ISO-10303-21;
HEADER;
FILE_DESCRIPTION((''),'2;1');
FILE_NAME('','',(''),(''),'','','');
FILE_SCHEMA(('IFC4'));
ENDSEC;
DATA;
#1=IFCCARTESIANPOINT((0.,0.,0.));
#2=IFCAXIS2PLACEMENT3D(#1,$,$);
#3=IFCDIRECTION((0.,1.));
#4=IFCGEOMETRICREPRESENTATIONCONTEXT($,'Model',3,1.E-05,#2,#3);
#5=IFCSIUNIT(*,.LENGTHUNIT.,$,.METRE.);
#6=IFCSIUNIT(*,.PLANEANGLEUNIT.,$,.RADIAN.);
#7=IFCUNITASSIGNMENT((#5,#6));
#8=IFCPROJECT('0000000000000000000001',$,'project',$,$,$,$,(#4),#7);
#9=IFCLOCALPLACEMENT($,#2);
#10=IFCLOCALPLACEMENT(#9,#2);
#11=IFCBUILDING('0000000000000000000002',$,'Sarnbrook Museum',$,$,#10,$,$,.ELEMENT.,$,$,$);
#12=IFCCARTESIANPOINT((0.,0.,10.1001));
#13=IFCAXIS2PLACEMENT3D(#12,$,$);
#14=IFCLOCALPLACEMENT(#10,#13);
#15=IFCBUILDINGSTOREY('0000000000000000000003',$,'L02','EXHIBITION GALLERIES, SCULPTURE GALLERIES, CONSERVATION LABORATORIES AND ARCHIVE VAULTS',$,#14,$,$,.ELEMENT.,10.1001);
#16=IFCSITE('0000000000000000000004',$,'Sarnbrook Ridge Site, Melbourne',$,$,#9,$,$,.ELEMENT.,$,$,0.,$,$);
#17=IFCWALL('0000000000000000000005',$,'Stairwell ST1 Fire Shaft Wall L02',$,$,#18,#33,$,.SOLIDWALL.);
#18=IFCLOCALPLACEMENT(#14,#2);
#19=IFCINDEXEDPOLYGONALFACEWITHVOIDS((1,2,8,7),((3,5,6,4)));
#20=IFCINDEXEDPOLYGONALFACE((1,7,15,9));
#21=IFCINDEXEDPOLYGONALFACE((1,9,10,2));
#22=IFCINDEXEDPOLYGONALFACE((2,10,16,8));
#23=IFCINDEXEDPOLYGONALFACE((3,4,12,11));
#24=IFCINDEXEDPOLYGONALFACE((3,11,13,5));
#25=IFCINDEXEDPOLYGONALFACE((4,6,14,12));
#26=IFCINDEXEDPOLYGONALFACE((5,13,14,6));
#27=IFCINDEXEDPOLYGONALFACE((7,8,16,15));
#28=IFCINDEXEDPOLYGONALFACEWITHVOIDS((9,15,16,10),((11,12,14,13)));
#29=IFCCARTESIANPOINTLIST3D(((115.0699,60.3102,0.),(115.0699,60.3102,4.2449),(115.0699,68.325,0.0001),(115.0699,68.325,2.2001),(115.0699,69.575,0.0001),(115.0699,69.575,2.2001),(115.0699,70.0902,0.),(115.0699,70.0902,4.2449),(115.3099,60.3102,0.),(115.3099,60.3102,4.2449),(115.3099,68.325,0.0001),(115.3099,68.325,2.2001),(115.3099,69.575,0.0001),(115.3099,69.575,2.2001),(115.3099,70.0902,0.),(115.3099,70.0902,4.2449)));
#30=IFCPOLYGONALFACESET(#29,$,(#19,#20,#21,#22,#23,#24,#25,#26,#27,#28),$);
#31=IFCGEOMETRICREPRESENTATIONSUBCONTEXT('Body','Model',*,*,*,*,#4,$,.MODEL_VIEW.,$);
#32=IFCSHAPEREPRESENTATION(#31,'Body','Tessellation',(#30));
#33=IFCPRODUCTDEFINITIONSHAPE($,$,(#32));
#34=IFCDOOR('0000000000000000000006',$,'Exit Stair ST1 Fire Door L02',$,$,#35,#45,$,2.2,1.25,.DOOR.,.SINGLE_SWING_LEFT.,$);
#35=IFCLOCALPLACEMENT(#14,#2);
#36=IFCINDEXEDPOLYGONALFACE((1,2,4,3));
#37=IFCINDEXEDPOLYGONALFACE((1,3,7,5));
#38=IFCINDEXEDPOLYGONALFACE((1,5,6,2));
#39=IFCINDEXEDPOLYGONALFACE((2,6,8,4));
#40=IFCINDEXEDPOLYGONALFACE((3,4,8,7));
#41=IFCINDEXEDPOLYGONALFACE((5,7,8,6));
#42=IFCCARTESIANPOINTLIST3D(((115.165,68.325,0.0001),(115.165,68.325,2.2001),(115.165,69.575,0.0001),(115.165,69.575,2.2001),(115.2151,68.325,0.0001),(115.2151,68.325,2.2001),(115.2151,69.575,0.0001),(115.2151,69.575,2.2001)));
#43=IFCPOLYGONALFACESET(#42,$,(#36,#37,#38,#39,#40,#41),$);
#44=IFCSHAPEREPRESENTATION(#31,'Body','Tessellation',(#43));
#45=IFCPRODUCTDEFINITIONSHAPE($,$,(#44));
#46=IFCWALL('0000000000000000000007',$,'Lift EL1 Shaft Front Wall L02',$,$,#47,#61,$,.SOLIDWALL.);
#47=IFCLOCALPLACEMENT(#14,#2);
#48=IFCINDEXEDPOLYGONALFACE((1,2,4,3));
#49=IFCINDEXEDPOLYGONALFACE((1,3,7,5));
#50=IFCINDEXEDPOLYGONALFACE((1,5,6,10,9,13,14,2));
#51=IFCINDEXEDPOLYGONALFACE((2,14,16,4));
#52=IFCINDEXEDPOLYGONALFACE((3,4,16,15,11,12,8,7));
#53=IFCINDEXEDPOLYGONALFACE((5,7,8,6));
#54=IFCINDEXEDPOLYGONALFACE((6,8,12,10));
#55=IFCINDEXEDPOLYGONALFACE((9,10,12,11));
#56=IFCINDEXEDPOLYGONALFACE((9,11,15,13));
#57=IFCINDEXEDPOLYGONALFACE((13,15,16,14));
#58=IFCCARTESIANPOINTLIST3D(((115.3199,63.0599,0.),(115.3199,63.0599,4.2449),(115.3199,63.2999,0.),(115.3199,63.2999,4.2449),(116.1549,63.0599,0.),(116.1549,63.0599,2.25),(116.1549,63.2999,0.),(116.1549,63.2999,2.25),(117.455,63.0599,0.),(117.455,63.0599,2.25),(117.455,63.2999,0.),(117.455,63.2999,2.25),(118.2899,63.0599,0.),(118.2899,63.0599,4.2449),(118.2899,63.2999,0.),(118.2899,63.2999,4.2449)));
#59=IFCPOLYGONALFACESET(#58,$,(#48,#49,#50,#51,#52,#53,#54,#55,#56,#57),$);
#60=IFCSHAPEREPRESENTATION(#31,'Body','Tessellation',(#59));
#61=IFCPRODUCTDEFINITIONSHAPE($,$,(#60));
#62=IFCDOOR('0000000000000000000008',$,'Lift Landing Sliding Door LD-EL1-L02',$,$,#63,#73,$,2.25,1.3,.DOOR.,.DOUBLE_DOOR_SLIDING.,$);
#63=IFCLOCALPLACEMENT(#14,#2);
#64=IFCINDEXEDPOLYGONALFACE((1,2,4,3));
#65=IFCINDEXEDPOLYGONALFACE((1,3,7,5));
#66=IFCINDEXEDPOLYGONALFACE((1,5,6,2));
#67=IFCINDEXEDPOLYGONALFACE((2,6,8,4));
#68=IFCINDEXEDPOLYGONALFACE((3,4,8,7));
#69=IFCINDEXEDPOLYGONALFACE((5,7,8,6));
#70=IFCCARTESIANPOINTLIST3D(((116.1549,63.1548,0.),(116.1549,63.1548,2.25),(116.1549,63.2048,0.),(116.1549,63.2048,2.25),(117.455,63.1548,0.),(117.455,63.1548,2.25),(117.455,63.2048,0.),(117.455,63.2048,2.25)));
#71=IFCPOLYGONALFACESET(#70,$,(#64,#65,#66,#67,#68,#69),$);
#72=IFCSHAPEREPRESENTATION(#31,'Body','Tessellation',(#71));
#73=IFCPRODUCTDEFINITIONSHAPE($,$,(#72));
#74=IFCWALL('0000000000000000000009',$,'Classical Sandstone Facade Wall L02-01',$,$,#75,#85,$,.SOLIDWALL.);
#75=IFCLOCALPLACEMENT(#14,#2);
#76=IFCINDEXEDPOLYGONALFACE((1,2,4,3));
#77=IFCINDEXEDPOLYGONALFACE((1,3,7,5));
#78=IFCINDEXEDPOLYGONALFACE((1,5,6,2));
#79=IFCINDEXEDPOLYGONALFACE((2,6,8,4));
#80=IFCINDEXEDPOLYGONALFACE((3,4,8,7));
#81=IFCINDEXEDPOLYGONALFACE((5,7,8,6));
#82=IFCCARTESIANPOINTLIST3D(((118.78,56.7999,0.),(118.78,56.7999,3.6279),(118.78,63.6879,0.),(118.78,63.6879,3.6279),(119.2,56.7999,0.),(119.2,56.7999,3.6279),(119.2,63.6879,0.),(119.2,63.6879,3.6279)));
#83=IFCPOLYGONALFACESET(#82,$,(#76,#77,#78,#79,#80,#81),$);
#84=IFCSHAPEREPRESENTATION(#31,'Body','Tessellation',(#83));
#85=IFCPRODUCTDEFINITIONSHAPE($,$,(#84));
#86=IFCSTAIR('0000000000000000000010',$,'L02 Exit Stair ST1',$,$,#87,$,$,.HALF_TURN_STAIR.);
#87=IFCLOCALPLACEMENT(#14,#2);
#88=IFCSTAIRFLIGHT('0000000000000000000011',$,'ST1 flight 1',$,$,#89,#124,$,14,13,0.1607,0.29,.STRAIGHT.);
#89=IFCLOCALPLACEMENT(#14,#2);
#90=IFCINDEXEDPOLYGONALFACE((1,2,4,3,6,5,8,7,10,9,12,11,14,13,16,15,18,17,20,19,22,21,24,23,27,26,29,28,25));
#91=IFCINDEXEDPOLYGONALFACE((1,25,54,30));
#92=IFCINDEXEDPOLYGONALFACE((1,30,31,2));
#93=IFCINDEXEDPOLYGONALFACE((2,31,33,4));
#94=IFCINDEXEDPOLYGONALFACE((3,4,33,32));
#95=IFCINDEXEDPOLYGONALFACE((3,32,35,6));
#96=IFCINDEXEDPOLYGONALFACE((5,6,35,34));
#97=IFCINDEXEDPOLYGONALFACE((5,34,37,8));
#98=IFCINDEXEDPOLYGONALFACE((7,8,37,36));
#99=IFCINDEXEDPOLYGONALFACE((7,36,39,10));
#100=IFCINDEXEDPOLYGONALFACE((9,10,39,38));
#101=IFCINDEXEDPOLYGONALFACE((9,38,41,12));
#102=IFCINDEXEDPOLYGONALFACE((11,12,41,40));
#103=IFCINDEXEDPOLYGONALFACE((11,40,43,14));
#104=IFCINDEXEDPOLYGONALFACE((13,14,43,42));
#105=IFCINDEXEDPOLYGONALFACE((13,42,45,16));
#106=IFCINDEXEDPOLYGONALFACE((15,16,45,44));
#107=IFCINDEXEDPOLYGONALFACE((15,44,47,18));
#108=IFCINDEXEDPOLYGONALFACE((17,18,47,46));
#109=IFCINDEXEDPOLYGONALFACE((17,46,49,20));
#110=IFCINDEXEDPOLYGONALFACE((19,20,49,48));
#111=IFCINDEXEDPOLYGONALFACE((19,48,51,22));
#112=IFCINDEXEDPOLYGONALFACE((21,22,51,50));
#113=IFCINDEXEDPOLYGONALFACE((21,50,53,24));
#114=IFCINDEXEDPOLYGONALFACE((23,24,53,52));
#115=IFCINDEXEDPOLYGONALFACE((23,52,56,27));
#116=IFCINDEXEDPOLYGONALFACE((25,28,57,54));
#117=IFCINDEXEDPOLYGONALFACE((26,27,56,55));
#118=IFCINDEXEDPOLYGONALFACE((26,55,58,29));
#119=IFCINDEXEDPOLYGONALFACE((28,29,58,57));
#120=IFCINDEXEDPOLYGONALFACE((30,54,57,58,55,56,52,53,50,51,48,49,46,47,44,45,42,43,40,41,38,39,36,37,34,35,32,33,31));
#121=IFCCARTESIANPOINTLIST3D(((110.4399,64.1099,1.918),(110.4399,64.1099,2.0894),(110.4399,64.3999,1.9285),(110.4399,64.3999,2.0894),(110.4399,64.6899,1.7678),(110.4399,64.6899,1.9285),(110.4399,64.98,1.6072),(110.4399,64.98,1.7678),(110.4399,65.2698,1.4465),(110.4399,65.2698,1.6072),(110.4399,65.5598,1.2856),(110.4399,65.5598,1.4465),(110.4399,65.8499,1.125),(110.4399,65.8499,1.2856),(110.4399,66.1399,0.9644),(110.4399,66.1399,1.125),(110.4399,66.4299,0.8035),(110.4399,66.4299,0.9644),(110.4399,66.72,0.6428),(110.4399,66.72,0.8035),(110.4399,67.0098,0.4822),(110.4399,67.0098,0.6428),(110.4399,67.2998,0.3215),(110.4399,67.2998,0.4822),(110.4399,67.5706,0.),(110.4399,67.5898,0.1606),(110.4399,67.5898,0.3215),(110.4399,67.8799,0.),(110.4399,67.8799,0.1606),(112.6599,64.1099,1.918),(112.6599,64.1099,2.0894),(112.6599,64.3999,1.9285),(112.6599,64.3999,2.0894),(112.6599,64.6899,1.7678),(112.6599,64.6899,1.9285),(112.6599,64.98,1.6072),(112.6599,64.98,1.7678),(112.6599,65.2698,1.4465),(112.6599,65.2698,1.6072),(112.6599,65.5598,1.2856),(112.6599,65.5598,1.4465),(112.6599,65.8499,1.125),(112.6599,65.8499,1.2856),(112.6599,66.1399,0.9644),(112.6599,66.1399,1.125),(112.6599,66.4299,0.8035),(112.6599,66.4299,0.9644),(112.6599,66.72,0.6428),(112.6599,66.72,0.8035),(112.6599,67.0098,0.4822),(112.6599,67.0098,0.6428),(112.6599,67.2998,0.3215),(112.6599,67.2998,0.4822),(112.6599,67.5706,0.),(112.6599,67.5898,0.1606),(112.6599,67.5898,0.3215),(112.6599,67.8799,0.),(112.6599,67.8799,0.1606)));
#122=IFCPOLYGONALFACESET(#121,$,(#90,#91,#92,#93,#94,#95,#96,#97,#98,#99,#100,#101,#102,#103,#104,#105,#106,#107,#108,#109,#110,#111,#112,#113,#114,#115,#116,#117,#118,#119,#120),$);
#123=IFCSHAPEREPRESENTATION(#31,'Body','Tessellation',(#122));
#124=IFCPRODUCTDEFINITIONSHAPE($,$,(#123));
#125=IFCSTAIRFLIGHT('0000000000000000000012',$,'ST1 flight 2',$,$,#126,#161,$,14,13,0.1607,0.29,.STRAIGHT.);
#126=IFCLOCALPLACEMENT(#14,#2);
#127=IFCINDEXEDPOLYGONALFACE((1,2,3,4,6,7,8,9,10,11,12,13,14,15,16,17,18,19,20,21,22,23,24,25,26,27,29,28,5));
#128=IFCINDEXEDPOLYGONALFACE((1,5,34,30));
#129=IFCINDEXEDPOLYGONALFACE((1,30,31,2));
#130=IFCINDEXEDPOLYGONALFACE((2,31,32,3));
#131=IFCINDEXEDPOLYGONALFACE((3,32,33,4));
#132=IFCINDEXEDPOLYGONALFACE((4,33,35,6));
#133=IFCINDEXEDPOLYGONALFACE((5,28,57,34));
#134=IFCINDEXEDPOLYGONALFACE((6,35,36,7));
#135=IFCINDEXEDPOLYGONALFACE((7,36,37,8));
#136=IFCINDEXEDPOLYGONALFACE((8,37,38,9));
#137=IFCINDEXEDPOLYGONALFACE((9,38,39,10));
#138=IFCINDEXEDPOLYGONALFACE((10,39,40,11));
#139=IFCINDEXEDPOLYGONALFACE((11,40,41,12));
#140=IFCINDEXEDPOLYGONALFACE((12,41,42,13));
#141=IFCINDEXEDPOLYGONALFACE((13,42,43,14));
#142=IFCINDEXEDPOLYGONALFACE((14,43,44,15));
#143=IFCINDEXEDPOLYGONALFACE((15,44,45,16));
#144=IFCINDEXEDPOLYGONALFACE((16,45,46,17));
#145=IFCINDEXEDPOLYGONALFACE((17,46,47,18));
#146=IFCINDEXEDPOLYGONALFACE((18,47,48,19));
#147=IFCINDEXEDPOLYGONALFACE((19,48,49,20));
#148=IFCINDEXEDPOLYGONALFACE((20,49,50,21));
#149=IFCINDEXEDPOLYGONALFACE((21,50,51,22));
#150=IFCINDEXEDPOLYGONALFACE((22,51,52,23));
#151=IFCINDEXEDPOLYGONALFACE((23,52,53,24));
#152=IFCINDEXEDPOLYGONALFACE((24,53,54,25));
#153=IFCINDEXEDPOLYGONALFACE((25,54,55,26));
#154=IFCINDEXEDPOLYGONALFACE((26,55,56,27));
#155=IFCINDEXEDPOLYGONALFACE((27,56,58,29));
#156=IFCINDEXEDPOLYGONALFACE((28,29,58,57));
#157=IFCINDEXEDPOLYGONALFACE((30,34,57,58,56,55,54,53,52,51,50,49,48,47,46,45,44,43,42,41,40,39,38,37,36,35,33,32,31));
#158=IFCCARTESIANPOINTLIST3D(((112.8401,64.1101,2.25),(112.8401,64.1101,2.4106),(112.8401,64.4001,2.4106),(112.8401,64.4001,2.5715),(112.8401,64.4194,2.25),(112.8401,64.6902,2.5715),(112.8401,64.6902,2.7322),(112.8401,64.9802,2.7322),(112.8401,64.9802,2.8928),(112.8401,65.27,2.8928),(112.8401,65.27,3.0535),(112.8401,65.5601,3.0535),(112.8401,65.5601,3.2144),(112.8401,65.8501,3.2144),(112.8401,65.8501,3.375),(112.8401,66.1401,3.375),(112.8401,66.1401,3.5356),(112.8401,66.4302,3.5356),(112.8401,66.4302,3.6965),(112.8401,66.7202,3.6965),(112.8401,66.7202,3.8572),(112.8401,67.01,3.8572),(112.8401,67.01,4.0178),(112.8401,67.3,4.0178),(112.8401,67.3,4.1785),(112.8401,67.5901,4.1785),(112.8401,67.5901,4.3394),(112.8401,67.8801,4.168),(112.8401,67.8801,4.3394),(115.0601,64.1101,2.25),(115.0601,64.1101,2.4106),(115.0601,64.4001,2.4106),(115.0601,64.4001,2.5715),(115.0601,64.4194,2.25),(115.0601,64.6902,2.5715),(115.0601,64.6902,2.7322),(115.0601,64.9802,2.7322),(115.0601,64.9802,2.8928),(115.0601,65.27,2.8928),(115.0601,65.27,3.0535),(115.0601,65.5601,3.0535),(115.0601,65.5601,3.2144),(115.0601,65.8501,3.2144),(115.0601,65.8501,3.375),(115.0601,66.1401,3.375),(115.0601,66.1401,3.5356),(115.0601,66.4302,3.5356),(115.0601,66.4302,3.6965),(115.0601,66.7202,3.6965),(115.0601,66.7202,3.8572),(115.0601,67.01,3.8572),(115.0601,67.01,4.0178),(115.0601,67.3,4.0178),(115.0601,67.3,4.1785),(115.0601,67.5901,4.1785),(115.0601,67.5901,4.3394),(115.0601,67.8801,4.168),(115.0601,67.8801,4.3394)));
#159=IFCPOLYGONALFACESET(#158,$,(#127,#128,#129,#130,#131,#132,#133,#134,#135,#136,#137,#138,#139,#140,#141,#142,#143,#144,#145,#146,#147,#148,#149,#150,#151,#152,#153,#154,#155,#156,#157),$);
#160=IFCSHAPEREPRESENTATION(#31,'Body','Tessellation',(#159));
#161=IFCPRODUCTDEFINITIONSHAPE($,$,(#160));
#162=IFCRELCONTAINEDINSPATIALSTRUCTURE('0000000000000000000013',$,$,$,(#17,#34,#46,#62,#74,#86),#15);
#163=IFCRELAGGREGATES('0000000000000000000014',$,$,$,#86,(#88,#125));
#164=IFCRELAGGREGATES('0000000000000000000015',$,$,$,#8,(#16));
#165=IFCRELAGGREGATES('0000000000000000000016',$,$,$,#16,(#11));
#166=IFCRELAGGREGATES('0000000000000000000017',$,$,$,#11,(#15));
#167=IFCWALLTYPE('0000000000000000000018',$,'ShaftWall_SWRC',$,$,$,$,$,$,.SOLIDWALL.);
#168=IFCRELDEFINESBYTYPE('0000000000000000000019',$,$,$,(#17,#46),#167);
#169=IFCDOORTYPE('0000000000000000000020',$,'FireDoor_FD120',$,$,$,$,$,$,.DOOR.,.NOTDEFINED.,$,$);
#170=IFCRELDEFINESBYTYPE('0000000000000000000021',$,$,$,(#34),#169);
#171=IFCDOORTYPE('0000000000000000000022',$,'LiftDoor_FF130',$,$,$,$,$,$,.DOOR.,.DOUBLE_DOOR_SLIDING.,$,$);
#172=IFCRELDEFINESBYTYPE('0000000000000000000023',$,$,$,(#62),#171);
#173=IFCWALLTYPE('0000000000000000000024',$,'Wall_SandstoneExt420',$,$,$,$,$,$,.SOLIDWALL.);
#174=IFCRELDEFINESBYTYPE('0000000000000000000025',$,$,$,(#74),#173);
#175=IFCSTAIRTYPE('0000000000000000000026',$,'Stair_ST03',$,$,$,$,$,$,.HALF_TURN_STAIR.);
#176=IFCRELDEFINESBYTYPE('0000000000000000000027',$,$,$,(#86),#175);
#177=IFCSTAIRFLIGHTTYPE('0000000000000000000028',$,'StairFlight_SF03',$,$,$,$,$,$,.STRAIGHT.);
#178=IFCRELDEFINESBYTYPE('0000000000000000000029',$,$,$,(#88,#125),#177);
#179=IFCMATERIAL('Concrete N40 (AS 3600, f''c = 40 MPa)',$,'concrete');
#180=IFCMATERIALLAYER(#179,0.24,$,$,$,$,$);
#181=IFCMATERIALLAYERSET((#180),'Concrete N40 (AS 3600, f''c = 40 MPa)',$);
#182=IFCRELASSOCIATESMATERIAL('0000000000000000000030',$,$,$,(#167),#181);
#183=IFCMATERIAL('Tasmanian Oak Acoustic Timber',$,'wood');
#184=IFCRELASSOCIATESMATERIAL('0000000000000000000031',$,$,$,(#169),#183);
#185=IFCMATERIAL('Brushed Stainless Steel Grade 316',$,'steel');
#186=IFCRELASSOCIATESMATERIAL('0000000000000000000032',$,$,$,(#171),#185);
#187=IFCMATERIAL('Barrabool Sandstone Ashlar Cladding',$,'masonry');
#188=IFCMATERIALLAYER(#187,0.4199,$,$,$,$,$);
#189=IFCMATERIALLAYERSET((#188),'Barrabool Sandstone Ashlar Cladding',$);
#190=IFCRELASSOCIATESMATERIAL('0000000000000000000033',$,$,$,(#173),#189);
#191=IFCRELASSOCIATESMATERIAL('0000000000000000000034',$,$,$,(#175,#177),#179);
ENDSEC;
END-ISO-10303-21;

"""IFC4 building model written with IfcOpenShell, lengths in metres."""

from ifc_helpers import new_model, si_unit, direction, frame, frame_2d, origin, place, context, subcontext, project, spatial, polyline, rectangle, outline, extrude, material, layer, layer_set, type_object, element, fill, aggregate, save


model = new_model("IFC4")

# Units and contexts
model_context = context("Model", 3, precision=1e-05, world=origin(), true_north=direction((0.0, 1.0)))
body_context = subcontext(model_context, "Body", "Model", "MODEL_VIEW")
ifc_project = project(units=[si_unit("LENGTHUNIT", "METRE"), si_unit("PLANEANGLEUNIT", "RADIAN")], contexts=[model_context])

# Site, building, storey
site_placement = place(None, origin())
site = spatial("IfcSite", under=ifc_project, at=site_placement, Name="Sarnbrook Ridge Site, Melbourne", CompositionType="ELEMENT", RefElevation=0.0)
building_placement = place(site_placement, origin())
building = spatial("IfcBuilding", under=site, at=building_placement, Name="Sarnbrook Museum", CompositionType="ELEMENT")
storey_placement = place(building_placement, frame((0.0, 0.0, 10.1001)))
storey = spatial("IfcBuildingStorey", under=building, at=storey_placement, Name="L02", Description="EXHIBITION GALLERIES, SCULPTURE GALLERIES, CONSERVATION LABORATORIES AND ARCHIVE VAULTS", CompositionType="ELEMENT", Elevation=10.1001)

# Walls, openings, doors
ifc_material_1 = material(Name="Tasmanian Oak Acoustic Timber", Category="wood")
ifc_material_2 = material(Name="Concrete N40 (AS 3600, f'c = 40 MPa)", Category="concrete")
ifc_layer_1 = layer(ifc_material_2, 0.24)
ifc_layer_set_1 = layer_set([ifc_layer_1], Name="Concrete N40 (AS 3600, f'c = 40 MPa)")
wall_type_1 = type_object("IfcWallType", Name="ShaftWall_SWRC", PredefinedType="SOLIDWALL", material=ifc_layer_set_1)
wall_1_placement = place(storey_placement, frame((115.1899, 60.3101, 0.0), z_axis=(0.0, 0.0, 1.0), x_axis=(0.0, 1.0, 0.0)))
wall_1 = element("IfcWall", 1, at=wall_1_placement, inside=storey, type_object=wall_type_1, Name="Stairwell ST1 Fire Shaft Wall L02", PredefinedType="SOLIDWALL", context=body_context, shape_type="SweptSolid", body=[
    extrude(rectangle(XDim=9.78, YDim=0.24, at=frame_2d((4.8901, 0.0))), origin(), (0.0, 0.0, 1.0), 4.2449),
])
opening_1_placement = place(wall_1_placement, frame((8.0149, 0.0, 0.0)))
opening_1 = element("IfcOpeningElement", 2, at=opening_1_placement, cuts=wall_1, PredefinedType="OPENING", context=body_context, shape_type="SweptSolid", body=[
    extrude(rectangle(XDim=1.25, YDim=2.2, at=frame_2d((0.625, 1.1001))), frame((0.0, 0.1299, 0.0), z_axis=(0.0, -1.0, 0.0), x_axis=(1.0, 0.0, 0.0)), (0.0, 0.0, 1.0), 0.26),
])
door_type_1 = type_object("IfcDoorType", Name="FireDoor_FD120", OperationType="NOTDEFINED", PredefinedType="DOOR", material=ifc_material_1)
door_1_placement = place(opening_1_placement, origin())
door_1 = element("IfcDoor", 3, at=door_1_placement, inside=storey, type_object=door_type_1, Name="Exit Stair ST1 Fire Door L02", OperationType="SINGLE_SWING_LEFT", OverallHeight=2.2, OverallWidth=1.25, PredefinedType="DOOR", context=body_context, shape_type="SweptSolid", body=[
    extrude(rectangle(XDim=1.25, YDim=2.2, at=frame_2d((0.625, 1.1001))), frame((0.0, 0.0249, 0.0), z_axis=(0.0, -1.0, 0.0), x_axis=(1.0, 0.0, 0.0)), (0.0, 0.0, 1.0), 0.05),
])
fill(opening_1, door_1)
wall_2_placement = place(storey_placement, frame((115.3201, 63.1799, 0.0), z_axis=(0.0, 0.0, 1.0), x_axis=(1.0, 0.0, 0.0)))
wall_2 = element("IfcWall", 4, at=wall_2_placement, inside=storey, type_object=wall_type_1, Name="Lift EL1 Shaft Front Wall L02", PredefinedType="SOLIDWALL", context=body_context, shape_type="SweptSolid", body=[
    extrude(rectangle(XDim=2.97, YDim=0.24, at=frame_2d((1.4849, 0.0))), origin(), (0.0, 0.0, 1.0), 4.2449),
])
opening_2_placement = place(wall_2_placement, frame((0.835, 0.0, 0.0)))
opening_2 = element("IfcOpeningElement", 5, at=opening_2_placement, cuts=wall_2, PredefinedType="OPENING", context=body_context, shape_type="SweptSolid", body=[
    extrude(rectangle(XDim=1.3, YDim=2.25, at=frame_2d((0.6499, 1.125))), frame((0.0, 0.1299, 0.0), z_axis=(0.0, -1.0, 0.0), x_axis=(1.0, 0.0, 0.0)), (0.0, 0.0, 1.0), 0.26),
])
ifc_material_3 = material(Name="Brushed Stainless Steel Grade 316", Category="steel")
door_type_2 = type_object("IfcDoorType", Name="LiftDoor_FF130", OperationType="DOUBLE_DOOR_SLIDING", PredefinedType="DOOR", material=ifc_material_3)
door_2_placement = place(opening_2_placement, origin())
door_2 = element("IfcDoor", 6, at=door_2_placement, inside=storey, type_object=door_type_2, Name="Lift Landing Sliding Door LD-EL1-L02", OperationType="DOUBLE_DOOR_SLIDING", OverallHeight=2.25, OverallWidth=1.3, PredefinedType="DOOR", context=body_context, shape_type="SweptSolid", body=[
    extrude(rectangle(XDim=1.3, YDim=2.25, at=frame_2d((0.6499, 1.125))), frame((0.0, 0.0249, 0.0), z_axis=(0.0, -1.0, 0.0), x_axis=(1.0, 0.0, 0.0)), (0.0, 0.0, 1.0), 0.05),
])
fill(opening_2, door_2)

# Wall
ifc_material_4 = material(Name="Barrabool Sandstone Ashlar Cladding", Category="masonry")
ifc_layer_2 = layer(ifc_material_4, 0.4199)
ifc_layer_set_2 = layer_set([ifc_layer_2], Name="Barrabool Sandstone Ashlar Cladding")
wall_type_2 = type_object("IfcWallType", Name="Wall_SandstoneExt420", PredefinedType="SOLIDWALL", material=ifc_layer_set_2)
wall_3_placement = place(storey_placement, frame((118.99, 56.8, 0.0), z_axis=(0.0, 0.0, 1.0), x_axis=(0.0, 1.0, 0.0)))
element("IfcWall", 7, at=wall_3_placement, inside=storey, type_object=wall_type_2, Name="Classical Sandstone Facade Wall L02-01", PredefinedType="SOLIDWALL", context=body_context, shape_type="SweptSolid", body=[
    extrude(rectangle(XDim=6.8879, YDim=0.4199, at=frame_2d((3.4438, 0.0))), origin(), (0.0, 0.0, 1.0), 3.6279),
])

# Stair, stair flights
stair_type = type_object("IfcStairType", Name="Stair_ST03", PredefinedType="HALF_TURN_STAIR", material=ifc_material_2)
stair_placement = place(storey_placement, origin())
stair = element("IfcStair", 8, at=stair_placement, inside=storey, type_object=stair_type, Name="L02 Exit Stair ST1", PredefinedType="HALF_TURN_STAIR")
stair_flight_type = type_object("IfcStairFlightType", Name="StairFlight_SF03", PredefinedType="STRAIGHT", material=ifc_material_2)
stair_flight_1_placement = place(storey_placement, frame((111.55, 67.8799, 0.0), z_axis=(0.0, 0.0, 1.0), x_axis=(0.0, -1.0, 0.0)))
stair_flight_1 = element("IfcStairFlight", 9, at=stair_flight_1_placement, type_object=stair_flight_type, Name="ST1 flight 1", NumberOfRisers=14, NumberOfTreads=13, PredefinedType="STRAIGHT", RiserHeight=0.1607, TreadLength=0.29, context=body_context, shape_type="SweptSolid", body=[
    extrude(outline(polyline([(0.0, 0.0), (0.0, 0.1606), (0.29, 0.1606), (0.29, 0.3215), (0.5801, 0.3215), (0.5801, 0.4822), (0.8701, 0.4822), (0.8701, 0.6428), (1.1599, 0.6428), (1.1599, 0.8035), (1.45, 0.8035), (1.45, 0.9644), (1.74, 0.9644), (1.74, 1.125), (2.03, 1.125), (2.03, 1.2856), (2.3201, 1.2856), (2.3201, 1.4465), (2.6101, 1.4465), (2.6101, 1.6072), (2.8999, 1.6072), (2.8999, 1.7678), (3.1899, 1.7678), (3.1899, 1.9285), (3.48, 1.9285), (3.48, 2.0894), (3.77, 2.0894), (3.77, 2.25), (3.77, 1.918), (0.3093, 0.0), (0.0, 0.0)])), frame((0.0, 1.1099, 0.0), z_axis=(0.0, -1.0, 0.0), x_axis=(1.0, 0.0, 0.0)), (0.0, 0.0, 1.0), 2.22),
])
stair_flight_2_placement = place(storey_placement, frame((113.95, 64.1101, 2.25), z_axis=(0.0, 0.0, 1.0), x_axis=(0.0, 1.0, 0.0)))
stair_flight_2 = element("IfcStairFlight", 10, at=stair_flight_2_placement, type_object=stair_flight_type, Name="ST1 flight 2", NumberOfRisers=14, NumberOfTreads=13, PredefinedType="STRAIGHT", RiserHeight=0.1607, TreadLength=0.29, context=body_context, shape_type="SweptSolid", body=[
    extrude(outline(polyline([(0.0, 0.0), (0.0, 0.1606), (0.29, 0.1606), (0.29, 0.3215), (0.5801, 0.3215), (0.5801, 0.4822), (0.8701, 0.4822), (0.8701, 0.6428), (1.1599, 0.6428), (1.1599, 0.8035), (1.45, 0.8035), (1.45, 0.9644), (1.74, 0.9644), (1.74, 1.125), (2.03, 1.125), (2.03, 1.2856), (2.3201, 1.2856), (2.3201, 1.4465), (2.6101, 1.4465), (2.6101, 1.6072), (2.8999, 1.6072), (2.8999, 1.7678), (3.1899, 1.7678), (3.1899, 1.9285), (3.48, 1.9285), (3.48, 2.0894), (3.77, 2.0894), (3.77, 2.25), (3.77, 1.918), (0.3093, 0.0), (0.0, 0.0)])), frame((0.0, 1.1099, 0.0), z_axis=(0.0, -1.0, 0.0), x_axis=(1.0, 0.0, 0.0)), (0.0, 0.0, 1.0), 2.22),
])
aggregate(stair, [stair_flight_1, stair_flight_2])

save(model, "model.ifc")
